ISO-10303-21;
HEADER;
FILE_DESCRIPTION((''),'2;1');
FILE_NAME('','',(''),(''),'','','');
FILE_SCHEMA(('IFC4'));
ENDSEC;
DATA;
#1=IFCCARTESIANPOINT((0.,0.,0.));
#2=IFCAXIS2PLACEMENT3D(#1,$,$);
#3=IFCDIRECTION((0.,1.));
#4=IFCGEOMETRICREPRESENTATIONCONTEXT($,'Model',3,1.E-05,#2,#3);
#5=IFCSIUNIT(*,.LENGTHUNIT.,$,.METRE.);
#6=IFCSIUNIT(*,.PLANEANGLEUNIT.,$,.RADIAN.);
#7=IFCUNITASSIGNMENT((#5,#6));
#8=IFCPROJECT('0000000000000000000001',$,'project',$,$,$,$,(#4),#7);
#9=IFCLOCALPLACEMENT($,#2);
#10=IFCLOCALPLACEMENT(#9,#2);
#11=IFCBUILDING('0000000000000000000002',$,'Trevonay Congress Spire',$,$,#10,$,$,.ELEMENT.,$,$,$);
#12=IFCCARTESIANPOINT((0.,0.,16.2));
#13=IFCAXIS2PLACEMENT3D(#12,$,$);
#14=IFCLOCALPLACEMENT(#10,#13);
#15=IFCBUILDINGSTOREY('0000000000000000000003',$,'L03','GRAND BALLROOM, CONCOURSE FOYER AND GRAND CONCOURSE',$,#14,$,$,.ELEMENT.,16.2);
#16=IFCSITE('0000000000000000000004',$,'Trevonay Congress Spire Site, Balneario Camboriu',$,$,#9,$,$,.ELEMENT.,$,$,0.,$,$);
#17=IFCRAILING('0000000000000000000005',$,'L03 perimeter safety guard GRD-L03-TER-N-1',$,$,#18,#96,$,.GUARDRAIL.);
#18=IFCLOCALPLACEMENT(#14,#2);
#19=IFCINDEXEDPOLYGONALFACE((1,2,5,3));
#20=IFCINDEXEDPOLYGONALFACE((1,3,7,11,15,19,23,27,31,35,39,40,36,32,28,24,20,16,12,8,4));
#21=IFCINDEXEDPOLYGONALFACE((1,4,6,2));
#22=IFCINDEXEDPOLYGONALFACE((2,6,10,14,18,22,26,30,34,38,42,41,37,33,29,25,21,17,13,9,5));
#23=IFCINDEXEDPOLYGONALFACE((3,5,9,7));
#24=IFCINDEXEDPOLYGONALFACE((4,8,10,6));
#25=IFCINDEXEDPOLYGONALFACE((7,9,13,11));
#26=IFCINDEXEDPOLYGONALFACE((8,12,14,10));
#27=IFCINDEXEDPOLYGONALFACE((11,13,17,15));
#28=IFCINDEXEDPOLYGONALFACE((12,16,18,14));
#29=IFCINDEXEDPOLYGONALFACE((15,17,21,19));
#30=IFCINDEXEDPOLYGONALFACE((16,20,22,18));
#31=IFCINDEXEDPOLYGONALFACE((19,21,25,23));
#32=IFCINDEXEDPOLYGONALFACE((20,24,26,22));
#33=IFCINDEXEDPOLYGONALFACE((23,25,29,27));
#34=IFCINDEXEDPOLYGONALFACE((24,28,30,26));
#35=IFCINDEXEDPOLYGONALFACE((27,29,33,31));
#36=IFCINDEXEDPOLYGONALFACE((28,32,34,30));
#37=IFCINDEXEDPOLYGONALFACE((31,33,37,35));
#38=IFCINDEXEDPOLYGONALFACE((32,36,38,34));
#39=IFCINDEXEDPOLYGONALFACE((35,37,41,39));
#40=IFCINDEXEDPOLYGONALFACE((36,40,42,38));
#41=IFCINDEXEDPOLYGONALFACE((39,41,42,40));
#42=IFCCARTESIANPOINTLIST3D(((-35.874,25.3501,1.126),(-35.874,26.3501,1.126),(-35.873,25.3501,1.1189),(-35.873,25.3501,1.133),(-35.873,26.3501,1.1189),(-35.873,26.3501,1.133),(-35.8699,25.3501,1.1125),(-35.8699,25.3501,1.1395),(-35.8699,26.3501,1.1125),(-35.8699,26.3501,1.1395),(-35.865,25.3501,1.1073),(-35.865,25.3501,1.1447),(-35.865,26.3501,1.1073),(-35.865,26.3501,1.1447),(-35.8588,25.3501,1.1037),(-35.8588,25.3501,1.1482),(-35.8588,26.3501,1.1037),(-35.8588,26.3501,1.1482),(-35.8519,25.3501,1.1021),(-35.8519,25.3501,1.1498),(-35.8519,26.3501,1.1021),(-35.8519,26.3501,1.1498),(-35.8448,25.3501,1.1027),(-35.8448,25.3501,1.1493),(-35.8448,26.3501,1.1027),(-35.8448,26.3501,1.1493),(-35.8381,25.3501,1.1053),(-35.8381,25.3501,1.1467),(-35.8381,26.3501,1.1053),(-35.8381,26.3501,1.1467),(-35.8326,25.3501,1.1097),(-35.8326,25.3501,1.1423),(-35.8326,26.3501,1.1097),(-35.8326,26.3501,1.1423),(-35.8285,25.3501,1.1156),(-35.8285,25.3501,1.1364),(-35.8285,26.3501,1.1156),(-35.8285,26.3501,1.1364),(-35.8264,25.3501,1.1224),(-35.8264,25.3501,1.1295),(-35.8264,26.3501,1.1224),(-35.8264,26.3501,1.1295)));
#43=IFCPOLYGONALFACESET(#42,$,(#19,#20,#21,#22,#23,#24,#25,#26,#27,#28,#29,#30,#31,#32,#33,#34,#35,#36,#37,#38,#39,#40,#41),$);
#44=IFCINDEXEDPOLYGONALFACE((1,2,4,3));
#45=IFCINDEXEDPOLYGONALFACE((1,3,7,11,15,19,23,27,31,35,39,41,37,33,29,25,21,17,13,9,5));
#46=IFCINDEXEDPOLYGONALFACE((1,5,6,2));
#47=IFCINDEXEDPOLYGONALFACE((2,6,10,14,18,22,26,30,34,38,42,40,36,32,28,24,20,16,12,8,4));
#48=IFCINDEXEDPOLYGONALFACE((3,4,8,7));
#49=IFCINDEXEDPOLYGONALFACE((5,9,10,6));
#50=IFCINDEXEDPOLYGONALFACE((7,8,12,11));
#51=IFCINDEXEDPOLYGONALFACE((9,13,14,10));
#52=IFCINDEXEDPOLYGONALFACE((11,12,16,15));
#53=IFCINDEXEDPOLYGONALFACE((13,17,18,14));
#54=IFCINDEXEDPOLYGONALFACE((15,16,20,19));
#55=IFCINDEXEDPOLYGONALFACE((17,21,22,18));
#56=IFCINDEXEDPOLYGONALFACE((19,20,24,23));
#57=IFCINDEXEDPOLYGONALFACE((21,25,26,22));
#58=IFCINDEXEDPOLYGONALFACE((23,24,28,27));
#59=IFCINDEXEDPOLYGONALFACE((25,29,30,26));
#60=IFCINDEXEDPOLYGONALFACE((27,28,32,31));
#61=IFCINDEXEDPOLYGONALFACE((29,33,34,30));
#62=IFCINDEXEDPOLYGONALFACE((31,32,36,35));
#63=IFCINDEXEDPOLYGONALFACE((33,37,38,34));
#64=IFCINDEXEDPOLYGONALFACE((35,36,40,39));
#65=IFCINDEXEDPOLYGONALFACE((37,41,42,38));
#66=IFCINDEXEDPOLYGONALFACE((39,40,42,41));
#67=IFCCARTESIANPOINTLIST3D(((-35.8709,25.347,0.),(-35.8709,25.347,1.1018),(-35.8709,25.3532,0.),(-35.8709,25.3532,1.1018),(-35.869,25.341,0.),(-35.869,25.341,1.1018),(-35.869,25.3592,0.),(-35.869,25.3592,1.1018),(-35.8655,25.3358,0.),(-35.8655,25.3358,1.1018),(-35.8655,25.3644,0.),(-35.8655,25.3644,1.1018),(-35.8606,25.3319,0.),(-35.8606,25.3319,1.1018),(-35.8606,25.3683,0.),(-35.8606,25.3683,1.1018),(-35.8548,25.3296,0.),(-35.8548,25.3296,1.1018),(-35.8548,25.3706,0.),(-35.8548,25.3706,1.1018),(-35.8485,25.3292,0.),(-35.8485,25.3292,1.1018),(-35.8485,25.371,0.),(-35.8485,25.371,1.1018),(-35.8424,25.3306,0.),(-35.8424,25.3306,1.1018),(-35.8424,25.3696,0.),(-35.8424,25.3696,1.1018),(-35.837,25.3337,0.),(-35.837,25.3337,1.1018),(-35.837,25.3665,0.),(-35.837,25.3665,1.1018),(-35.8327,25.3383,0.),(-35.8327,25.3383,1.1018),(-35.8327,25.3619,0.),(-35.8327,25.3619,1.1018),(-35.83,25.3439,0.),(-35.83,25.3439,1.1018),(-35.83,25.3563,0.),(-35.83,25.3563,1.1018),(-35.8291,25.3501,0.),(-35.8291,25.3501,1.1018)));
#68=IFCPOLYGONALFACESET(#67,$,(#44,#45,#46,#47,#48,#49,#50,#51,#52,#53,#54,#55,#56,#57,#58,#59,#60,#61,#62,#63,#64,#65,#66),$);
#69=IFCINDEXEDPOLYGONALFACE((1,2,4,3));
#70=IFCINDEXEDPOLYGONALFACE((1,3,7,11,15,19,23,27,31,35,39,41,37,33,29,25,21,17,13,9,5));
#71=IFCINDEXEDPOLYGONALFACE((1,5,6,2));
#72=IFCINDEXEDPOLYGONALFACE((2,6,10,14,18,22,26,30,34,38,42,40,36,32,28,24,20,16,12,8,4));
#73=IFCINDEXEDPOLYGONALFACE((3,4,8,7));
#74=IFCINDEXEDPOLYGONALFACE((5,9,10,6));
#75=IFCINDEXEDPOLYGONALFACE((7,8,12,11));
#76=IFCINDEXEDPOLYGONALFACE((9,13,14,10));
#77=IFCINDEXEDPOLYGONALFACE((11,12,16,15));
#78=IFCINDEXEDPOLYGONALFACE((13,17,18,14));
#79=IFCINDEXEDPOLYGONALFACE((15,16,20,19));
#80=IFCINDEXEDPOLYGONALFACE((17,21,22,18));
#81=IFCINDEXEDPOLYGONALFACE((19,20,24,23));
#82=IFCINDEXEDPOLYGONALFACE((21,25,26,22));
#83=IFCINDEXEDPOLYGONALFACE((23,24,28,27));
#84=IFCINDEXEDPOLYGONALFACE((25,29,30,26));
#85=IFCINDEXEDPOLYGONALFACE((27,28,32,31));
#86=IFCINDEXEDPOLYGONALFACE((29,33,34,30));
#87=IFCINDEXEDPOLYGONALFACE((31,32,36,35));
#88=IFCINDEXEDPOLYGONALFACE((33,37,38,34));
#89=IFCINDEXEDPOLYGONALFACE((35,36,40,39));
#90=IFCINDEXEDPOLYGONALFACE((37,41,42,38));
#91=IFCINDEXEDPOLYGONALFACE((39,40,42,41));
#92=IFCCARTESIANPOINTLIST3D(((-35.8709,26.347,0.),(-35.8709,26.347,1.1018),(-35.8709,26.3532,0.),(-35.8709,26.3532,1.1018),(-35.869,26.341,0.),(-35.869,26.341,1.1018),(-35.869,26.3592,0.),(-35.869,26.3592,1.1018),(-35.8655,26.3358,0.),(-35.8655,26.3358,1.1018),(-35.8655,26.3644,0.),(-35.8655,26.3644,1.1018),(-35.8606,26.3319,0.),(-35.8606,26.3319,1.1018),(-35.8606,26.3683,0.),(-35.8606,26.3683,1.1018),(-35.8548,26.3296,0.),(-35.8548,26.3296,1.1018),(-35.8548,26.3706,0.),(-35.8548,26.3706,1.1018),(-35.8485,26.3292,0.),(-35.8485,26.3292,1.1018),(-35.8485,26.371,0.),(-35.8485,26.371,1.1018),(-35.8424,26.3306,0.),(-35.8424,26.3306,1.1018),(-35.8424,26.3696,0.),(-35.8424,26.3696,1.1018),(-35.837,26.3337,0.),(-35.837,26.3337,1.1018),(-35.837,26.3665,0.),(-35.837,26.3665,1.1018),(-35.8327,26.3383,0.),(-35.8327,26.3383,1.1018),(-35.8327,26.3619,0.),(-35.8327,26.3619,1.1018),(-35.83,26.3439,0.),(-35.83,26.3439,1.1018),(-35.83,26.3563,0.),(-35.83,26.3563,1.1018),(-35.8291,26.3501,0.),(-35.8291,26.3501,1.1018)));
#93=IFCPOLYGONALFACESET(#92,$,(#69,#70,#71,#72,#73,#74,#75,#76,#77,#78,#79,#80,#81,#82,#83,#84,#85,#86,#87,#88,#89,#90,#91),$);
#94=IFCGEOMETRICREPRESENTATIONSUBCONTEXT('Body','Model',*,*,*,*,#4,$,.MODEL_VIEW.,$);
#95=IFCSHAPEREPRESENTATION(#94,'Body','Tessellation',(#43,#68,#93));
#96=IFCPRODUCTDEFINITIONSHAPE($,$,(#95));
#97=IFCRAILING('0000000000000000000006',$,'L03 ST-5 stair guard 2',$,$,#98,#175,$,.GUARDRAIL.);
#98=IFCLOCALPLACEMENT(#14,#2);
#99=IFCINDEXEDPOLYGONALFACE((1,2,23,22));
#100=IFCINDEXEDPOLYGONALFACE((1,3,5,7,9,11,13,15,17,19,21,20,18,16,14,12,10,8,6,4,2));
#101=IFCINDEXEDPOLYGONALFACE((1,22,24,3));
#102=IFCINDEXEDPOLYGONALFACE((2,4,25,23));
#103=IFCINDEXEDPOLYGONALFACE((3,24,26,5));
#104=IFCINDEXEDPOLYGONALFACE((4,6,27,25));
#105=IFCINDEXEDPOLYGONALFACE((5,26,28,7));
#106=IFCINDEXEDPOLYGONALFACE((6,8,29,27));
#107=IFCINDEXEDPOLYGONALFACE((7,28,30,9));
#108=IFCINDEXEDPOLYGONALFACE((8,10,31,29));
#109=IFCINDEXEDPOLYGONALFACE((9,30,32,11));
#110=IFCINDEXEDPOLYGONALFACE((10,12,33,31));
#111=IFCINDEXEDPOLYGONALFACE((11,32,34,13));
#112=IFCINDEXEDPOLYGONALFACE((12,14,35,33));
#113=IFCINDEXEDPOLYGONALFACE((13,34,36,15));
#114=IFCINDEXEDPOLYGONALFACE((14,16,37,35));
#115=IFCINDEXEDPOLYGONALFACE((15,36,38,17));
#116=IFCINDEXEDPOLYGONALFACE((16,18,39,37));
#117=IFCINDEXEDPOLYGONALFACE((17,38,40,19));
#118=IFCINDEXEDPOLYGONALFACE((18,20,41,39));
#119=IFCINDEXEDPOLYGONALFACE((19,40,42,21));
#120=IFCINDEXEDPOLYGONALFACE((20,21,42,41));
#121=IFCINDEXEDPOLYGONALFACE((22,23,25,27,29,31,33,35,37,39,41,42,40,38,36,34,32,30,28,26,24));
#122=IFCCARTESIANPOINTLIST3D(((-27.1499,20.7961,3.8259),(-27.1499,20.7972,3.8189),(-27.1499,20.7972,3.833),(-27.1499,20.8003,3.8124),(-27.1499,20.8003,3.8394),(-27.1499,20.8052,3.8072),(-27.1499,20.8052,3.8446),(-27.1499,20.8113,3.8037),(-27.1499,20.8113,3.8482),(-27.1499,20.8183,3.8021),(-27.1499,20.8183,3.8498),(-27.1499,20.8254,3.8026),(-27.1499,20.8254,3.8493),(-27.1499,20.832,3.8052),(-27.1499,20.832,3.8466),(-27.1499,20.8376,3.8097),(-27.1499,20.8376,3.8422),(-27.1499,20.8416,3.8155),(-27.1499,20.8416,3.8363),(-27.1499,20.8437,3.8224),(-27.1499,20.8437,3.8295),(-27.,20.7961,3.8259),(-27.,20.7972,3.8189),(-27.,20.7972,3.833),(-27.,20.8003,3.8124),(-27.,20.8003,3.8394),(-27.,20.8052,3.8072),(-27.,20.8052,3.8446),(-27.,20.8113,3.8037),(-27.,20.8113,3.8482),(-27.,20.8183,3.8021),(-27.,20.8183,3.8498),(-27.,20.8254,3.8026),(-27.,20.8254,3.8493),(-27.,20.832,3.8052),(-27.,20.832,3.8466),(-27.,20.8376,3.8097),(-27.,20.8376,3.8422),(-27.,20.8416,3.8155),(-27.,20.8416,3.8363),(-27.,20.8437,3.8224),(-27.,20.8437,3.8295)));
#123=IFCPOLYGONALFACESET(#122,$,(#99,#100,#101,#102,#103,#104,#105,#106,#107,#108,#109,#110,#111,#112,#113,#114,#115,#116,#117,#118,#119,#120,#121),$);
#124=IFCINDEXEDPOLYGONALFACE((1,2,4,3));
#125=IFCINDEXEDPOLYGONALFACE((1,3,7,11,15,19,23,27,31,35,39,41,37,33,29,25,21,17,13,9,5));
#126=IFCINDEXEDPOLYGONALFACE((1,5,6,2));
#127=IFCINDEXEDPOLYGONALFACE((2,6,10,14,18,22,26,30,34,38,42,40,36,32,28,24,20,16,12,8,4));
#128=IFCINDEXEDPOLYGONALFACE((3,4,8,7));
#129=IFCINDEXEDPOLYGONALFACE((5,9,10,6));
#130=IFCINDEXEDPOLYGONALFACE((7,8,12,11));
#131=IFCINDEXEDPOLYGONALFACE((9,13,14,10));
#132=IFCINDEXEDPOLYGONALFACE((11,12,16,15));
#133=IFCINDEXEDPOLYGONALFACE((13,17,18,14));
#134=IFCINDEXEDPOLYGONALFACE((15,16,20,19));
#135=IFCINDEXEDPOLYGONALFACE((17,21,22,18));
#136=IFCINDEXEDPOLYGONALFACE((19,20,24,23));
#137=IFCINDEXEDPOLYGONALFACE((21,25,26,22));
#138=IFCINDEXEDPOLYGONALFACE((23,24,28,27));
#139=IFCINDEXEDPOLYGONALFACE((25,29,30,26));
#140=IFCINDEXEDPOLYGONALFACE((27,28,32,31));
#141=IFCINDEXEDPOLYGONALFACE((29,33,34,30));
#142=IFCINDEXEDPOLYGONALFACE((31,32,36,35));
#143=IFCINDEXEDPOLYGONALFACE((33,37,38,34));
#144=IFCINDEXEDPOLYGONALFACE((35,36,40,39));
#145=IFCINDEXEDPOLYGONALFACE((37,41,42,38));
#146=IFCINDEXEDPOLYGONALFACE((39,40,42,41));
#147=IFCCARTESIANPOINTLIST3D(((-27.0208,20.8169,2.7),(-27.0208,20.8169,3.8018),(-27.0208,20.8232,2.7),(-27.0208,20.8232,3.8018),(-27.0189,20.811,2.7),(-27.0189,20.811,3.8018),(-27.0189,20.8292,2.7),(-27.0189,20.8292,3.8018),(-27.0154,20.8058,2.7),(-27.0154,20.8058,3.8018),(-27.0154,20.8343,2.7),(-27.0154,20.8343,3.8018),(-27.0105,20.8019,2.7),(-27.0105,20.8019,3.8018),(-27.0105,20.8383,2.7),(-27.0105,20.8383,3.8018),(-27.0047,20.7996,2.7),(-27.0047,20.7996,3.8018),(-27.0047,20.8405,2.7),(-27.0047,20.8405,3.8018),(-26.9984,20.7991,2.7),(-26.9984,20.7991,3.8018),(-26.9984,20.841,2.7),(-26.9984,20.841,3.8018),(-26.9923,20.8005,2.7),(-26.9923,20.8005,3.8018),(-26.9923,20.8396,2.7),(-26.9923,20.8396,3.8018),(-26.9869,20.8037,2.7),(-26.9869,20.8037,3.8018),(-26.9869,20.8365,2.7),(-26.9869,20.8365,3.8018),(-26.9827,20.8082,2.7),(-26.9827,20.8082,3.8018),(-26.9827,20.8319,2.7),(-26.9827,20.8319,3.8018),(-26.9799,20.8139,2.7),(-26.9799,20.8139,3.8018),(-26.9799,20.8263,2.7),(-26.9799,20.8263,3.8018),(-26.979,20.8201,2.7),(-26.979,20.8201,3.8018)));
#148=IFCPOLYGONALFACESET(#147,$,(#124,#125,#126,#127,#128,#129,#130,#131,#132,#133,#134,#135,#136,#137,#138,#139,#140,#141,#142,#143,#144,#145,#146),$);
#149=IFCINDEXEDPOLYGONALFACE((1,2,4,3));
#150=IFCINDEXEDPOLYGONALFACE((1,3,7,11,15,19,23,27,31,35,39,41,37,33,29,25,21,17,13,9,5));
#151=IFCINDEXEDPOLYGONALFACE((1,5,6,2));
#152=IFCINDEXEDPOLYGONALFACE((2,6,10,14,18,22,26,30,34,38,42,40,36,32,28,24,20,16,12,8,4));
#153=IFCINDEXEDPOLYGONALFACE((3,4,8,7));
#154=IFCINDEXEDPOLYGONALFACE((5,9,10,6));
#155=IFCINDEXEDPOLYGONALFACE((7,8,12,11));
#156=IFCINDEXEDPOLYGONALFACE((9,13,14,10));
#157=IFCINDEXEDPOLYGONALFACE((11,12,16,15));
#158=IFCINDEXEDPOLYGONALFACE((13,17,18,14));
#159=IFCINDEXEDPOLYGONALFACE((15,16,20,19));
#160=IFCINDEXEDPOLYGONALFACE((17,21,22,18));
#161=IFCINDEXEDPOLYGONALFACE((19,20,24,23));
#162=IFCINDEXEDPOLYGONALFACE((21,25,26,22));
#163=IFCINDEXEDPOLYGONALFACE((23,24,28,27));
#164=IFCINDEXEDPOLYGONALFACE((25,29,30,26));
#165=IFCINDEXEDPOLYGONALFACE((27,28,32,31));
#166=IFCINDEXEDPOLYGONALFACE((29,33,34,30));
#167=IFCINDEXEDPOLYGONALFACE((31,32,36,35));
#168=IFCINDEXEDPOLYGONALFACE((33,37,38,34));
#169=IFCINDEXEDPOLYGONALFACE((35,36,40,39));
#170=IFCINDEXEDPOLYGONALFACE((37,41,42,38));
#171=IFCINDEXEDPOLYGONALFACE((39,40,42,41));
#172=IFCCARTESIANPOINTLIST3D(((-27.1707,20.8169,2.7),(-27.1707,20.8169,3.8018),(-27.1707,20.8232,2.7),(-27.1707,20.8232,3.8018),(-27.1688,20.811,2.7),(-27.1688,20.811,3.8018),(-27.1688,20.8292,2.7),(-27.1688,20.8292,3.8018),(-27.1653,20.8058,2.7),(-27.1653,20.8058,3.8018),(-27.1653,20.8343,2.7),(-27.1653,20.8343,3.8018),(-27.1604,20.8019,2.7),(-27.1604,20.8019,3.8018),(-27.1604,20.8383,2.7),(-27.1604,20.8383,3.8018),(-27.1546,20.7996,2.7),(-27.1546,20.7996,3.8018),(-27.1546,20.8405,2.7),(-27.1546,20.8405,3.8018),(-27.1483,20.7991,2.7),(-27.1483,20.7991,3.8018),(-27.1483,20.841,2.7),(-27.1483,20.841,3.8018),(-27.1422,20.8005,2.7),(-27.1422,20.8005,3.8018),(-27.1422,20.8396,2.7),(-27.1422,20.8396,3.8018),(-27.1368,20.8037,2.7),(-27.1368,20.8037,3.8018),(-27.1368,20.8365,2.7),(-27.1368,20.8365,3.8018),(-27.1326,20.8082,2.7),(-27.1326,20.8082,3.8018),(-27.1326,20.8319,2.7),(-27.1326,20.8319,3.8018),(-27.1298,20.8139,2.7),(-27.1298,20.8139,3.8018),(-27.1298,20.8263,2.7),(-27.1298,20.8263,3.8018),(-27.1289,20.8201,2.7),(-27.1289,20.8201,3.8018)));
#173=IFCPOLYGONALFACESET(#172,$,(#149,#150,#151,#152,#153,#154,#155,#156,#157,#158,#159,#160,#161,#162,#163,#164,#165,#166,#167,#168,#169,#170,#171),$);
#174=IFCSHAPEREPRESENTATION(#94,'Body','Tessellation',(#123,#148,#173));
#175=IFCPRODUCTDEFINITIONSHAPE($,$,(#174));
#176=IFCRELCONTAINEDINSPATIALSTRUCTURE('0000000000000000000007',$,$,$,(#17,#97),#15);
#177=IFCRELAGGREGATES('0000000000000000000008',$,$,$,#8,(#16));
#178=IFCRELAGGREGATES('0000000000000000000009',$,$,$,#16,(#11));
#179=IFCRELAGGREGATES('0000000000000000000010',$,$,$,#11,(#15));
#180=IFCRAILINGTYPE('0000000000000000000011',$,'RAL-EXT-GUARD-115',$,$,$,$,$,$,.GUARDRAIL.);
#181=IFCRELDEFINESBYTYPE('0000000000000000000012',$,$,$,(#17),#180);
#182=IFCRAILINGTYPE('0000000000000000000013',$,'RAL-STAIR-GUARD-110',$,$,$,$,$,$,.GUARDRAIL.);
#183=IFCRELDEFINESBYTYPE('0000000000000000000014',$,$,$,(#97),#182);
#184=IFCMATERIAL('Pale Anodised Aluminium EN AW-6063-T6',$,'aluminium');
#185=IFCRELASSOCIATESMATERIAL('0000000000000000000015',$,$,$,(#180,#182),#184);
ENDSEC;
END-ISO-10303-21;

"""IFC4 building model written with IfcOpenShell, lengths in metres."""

from ifc_helpers import new_model, si_unit, direction, frame, origin, origin_2d, place, context, subcontext, project, spatial, circle, extrude, material, type_object, element, save


model = new_model("IFC4")

# Units and contexts
model_context = context("Model", 3, precision=1e-05, world=origin(), true_north=direction((0.0, 1.0)))
body_context = subcontext(model_context, "Body", "Model", "MODEL_VIEW")
ifc_project = project(units=[si_unit("LENGTHUNIT", "METRE"), si_unit("PLANEANGLEUNIT", "RADIAN")], contexts=[model_context])

# Site, building, storey
site_placement = place(None, origin())
site = spatial("IfcSite", under=ifc_project, at=site_placement, Name="Trevonay Congress Spire Site, Balneario Camboriu", CompositionType="ELEMENT", RefElevation=0.0)
building_placement = place(site_placement, origin())
building = spatial("IfcBuilding", under=site, at=building_placement, Name="Trevonay Congress Spire", CompositionType="ELEMENT")
storey_placement = place(building_placement, frame((0.0, 0.0, 16.2)))
storey = spatial("IfcBuildingStorey", under=building, at=storey_placement, Name="L03", Description="GRAND BALLROOM, CONCOURSE FOYER AND GRAND CONCOURSE", CompositionType="ELEMENT", Elevation=16.2)

# Shared definitions
ifc_material_1 = material(Name="Pale Anodised Aluminium EN AW-6063-T6", Category="aluminium")

# Railings
railing_type_1 = type_object("IfcRailingType", Name="RAL-EXT-GUARD-115", PredefinedType="GUARDRAIL", material=ifc_material_1)
railing_1_placement = place(storey_placement, frame((-35.8501, 25.3501, 0.0)))
element("IfcRailing", 1, at=railing_1_placement, inside=storey, type_object=railing_type_1, Name="L03 perimeter safety guard GRD-L03-TER-N-1", PredefinedType="GUARDRAIL", context=body_context, shape_type="SweptSolid", body=[
    extrude(circle(Radius=0.0239, at=origin_2d()), frame((0.0, 0.0, 1.126), z_axis=(0.0, 1.0, 0.0), x_axis=(-1.0, 0.0, 0.0)), (0.0, 0.0, 1.0), 1.0),
    extrude(circle(Radius=0.021, at=origin_2d()), origin(), (0.0, 0.0, 1.0), 1.1018),
    extrude(circle(Radius=0.021, at=origin_2d()), frame((0.0, 1.0, 0.0)), (0.0, 0.0, 1.0), 1.1018),
])
railing_type_2 = type_object("IfcRailingType", Name="RAL-STAIR-GUARD-110", PredefinedType="GUARDRAIL", material=ifc_material_1)
railing_2_placement = place(storey_placement, frame((-27.0, 20.8201, 2.7)))
element("IfcRailing", 2, at=railing_2_placement, inside=storey, type_object=railing_type_2, Name="L03 ST-5 stair guard 2", PredefinedType="GUARDRAIL", context=body_context, shape_type="SweptSolid", body=[
    extrude(circle(Radius=0.0239, at=origin_2d()), frame((0.0, 0.0, 1.126), z_axis=(-1.0, 0.0, 0.0), x_axis=(0.0, -1.0, 0.0)), (0.0, 0.0, 1.0), 0.1499),
    extrude(circle(Radius=0.021, at=origin_2d()), origin(), (0.0, 0.0, 1.0), 1.1018),
    extrude(circle(Radius=0.021, at=origin_2d()), frame((-0.1499, 0.0, 0.0)), (0.0, 0.0, 1.0), 1.1018),
])

save(model, "model.ifc")
